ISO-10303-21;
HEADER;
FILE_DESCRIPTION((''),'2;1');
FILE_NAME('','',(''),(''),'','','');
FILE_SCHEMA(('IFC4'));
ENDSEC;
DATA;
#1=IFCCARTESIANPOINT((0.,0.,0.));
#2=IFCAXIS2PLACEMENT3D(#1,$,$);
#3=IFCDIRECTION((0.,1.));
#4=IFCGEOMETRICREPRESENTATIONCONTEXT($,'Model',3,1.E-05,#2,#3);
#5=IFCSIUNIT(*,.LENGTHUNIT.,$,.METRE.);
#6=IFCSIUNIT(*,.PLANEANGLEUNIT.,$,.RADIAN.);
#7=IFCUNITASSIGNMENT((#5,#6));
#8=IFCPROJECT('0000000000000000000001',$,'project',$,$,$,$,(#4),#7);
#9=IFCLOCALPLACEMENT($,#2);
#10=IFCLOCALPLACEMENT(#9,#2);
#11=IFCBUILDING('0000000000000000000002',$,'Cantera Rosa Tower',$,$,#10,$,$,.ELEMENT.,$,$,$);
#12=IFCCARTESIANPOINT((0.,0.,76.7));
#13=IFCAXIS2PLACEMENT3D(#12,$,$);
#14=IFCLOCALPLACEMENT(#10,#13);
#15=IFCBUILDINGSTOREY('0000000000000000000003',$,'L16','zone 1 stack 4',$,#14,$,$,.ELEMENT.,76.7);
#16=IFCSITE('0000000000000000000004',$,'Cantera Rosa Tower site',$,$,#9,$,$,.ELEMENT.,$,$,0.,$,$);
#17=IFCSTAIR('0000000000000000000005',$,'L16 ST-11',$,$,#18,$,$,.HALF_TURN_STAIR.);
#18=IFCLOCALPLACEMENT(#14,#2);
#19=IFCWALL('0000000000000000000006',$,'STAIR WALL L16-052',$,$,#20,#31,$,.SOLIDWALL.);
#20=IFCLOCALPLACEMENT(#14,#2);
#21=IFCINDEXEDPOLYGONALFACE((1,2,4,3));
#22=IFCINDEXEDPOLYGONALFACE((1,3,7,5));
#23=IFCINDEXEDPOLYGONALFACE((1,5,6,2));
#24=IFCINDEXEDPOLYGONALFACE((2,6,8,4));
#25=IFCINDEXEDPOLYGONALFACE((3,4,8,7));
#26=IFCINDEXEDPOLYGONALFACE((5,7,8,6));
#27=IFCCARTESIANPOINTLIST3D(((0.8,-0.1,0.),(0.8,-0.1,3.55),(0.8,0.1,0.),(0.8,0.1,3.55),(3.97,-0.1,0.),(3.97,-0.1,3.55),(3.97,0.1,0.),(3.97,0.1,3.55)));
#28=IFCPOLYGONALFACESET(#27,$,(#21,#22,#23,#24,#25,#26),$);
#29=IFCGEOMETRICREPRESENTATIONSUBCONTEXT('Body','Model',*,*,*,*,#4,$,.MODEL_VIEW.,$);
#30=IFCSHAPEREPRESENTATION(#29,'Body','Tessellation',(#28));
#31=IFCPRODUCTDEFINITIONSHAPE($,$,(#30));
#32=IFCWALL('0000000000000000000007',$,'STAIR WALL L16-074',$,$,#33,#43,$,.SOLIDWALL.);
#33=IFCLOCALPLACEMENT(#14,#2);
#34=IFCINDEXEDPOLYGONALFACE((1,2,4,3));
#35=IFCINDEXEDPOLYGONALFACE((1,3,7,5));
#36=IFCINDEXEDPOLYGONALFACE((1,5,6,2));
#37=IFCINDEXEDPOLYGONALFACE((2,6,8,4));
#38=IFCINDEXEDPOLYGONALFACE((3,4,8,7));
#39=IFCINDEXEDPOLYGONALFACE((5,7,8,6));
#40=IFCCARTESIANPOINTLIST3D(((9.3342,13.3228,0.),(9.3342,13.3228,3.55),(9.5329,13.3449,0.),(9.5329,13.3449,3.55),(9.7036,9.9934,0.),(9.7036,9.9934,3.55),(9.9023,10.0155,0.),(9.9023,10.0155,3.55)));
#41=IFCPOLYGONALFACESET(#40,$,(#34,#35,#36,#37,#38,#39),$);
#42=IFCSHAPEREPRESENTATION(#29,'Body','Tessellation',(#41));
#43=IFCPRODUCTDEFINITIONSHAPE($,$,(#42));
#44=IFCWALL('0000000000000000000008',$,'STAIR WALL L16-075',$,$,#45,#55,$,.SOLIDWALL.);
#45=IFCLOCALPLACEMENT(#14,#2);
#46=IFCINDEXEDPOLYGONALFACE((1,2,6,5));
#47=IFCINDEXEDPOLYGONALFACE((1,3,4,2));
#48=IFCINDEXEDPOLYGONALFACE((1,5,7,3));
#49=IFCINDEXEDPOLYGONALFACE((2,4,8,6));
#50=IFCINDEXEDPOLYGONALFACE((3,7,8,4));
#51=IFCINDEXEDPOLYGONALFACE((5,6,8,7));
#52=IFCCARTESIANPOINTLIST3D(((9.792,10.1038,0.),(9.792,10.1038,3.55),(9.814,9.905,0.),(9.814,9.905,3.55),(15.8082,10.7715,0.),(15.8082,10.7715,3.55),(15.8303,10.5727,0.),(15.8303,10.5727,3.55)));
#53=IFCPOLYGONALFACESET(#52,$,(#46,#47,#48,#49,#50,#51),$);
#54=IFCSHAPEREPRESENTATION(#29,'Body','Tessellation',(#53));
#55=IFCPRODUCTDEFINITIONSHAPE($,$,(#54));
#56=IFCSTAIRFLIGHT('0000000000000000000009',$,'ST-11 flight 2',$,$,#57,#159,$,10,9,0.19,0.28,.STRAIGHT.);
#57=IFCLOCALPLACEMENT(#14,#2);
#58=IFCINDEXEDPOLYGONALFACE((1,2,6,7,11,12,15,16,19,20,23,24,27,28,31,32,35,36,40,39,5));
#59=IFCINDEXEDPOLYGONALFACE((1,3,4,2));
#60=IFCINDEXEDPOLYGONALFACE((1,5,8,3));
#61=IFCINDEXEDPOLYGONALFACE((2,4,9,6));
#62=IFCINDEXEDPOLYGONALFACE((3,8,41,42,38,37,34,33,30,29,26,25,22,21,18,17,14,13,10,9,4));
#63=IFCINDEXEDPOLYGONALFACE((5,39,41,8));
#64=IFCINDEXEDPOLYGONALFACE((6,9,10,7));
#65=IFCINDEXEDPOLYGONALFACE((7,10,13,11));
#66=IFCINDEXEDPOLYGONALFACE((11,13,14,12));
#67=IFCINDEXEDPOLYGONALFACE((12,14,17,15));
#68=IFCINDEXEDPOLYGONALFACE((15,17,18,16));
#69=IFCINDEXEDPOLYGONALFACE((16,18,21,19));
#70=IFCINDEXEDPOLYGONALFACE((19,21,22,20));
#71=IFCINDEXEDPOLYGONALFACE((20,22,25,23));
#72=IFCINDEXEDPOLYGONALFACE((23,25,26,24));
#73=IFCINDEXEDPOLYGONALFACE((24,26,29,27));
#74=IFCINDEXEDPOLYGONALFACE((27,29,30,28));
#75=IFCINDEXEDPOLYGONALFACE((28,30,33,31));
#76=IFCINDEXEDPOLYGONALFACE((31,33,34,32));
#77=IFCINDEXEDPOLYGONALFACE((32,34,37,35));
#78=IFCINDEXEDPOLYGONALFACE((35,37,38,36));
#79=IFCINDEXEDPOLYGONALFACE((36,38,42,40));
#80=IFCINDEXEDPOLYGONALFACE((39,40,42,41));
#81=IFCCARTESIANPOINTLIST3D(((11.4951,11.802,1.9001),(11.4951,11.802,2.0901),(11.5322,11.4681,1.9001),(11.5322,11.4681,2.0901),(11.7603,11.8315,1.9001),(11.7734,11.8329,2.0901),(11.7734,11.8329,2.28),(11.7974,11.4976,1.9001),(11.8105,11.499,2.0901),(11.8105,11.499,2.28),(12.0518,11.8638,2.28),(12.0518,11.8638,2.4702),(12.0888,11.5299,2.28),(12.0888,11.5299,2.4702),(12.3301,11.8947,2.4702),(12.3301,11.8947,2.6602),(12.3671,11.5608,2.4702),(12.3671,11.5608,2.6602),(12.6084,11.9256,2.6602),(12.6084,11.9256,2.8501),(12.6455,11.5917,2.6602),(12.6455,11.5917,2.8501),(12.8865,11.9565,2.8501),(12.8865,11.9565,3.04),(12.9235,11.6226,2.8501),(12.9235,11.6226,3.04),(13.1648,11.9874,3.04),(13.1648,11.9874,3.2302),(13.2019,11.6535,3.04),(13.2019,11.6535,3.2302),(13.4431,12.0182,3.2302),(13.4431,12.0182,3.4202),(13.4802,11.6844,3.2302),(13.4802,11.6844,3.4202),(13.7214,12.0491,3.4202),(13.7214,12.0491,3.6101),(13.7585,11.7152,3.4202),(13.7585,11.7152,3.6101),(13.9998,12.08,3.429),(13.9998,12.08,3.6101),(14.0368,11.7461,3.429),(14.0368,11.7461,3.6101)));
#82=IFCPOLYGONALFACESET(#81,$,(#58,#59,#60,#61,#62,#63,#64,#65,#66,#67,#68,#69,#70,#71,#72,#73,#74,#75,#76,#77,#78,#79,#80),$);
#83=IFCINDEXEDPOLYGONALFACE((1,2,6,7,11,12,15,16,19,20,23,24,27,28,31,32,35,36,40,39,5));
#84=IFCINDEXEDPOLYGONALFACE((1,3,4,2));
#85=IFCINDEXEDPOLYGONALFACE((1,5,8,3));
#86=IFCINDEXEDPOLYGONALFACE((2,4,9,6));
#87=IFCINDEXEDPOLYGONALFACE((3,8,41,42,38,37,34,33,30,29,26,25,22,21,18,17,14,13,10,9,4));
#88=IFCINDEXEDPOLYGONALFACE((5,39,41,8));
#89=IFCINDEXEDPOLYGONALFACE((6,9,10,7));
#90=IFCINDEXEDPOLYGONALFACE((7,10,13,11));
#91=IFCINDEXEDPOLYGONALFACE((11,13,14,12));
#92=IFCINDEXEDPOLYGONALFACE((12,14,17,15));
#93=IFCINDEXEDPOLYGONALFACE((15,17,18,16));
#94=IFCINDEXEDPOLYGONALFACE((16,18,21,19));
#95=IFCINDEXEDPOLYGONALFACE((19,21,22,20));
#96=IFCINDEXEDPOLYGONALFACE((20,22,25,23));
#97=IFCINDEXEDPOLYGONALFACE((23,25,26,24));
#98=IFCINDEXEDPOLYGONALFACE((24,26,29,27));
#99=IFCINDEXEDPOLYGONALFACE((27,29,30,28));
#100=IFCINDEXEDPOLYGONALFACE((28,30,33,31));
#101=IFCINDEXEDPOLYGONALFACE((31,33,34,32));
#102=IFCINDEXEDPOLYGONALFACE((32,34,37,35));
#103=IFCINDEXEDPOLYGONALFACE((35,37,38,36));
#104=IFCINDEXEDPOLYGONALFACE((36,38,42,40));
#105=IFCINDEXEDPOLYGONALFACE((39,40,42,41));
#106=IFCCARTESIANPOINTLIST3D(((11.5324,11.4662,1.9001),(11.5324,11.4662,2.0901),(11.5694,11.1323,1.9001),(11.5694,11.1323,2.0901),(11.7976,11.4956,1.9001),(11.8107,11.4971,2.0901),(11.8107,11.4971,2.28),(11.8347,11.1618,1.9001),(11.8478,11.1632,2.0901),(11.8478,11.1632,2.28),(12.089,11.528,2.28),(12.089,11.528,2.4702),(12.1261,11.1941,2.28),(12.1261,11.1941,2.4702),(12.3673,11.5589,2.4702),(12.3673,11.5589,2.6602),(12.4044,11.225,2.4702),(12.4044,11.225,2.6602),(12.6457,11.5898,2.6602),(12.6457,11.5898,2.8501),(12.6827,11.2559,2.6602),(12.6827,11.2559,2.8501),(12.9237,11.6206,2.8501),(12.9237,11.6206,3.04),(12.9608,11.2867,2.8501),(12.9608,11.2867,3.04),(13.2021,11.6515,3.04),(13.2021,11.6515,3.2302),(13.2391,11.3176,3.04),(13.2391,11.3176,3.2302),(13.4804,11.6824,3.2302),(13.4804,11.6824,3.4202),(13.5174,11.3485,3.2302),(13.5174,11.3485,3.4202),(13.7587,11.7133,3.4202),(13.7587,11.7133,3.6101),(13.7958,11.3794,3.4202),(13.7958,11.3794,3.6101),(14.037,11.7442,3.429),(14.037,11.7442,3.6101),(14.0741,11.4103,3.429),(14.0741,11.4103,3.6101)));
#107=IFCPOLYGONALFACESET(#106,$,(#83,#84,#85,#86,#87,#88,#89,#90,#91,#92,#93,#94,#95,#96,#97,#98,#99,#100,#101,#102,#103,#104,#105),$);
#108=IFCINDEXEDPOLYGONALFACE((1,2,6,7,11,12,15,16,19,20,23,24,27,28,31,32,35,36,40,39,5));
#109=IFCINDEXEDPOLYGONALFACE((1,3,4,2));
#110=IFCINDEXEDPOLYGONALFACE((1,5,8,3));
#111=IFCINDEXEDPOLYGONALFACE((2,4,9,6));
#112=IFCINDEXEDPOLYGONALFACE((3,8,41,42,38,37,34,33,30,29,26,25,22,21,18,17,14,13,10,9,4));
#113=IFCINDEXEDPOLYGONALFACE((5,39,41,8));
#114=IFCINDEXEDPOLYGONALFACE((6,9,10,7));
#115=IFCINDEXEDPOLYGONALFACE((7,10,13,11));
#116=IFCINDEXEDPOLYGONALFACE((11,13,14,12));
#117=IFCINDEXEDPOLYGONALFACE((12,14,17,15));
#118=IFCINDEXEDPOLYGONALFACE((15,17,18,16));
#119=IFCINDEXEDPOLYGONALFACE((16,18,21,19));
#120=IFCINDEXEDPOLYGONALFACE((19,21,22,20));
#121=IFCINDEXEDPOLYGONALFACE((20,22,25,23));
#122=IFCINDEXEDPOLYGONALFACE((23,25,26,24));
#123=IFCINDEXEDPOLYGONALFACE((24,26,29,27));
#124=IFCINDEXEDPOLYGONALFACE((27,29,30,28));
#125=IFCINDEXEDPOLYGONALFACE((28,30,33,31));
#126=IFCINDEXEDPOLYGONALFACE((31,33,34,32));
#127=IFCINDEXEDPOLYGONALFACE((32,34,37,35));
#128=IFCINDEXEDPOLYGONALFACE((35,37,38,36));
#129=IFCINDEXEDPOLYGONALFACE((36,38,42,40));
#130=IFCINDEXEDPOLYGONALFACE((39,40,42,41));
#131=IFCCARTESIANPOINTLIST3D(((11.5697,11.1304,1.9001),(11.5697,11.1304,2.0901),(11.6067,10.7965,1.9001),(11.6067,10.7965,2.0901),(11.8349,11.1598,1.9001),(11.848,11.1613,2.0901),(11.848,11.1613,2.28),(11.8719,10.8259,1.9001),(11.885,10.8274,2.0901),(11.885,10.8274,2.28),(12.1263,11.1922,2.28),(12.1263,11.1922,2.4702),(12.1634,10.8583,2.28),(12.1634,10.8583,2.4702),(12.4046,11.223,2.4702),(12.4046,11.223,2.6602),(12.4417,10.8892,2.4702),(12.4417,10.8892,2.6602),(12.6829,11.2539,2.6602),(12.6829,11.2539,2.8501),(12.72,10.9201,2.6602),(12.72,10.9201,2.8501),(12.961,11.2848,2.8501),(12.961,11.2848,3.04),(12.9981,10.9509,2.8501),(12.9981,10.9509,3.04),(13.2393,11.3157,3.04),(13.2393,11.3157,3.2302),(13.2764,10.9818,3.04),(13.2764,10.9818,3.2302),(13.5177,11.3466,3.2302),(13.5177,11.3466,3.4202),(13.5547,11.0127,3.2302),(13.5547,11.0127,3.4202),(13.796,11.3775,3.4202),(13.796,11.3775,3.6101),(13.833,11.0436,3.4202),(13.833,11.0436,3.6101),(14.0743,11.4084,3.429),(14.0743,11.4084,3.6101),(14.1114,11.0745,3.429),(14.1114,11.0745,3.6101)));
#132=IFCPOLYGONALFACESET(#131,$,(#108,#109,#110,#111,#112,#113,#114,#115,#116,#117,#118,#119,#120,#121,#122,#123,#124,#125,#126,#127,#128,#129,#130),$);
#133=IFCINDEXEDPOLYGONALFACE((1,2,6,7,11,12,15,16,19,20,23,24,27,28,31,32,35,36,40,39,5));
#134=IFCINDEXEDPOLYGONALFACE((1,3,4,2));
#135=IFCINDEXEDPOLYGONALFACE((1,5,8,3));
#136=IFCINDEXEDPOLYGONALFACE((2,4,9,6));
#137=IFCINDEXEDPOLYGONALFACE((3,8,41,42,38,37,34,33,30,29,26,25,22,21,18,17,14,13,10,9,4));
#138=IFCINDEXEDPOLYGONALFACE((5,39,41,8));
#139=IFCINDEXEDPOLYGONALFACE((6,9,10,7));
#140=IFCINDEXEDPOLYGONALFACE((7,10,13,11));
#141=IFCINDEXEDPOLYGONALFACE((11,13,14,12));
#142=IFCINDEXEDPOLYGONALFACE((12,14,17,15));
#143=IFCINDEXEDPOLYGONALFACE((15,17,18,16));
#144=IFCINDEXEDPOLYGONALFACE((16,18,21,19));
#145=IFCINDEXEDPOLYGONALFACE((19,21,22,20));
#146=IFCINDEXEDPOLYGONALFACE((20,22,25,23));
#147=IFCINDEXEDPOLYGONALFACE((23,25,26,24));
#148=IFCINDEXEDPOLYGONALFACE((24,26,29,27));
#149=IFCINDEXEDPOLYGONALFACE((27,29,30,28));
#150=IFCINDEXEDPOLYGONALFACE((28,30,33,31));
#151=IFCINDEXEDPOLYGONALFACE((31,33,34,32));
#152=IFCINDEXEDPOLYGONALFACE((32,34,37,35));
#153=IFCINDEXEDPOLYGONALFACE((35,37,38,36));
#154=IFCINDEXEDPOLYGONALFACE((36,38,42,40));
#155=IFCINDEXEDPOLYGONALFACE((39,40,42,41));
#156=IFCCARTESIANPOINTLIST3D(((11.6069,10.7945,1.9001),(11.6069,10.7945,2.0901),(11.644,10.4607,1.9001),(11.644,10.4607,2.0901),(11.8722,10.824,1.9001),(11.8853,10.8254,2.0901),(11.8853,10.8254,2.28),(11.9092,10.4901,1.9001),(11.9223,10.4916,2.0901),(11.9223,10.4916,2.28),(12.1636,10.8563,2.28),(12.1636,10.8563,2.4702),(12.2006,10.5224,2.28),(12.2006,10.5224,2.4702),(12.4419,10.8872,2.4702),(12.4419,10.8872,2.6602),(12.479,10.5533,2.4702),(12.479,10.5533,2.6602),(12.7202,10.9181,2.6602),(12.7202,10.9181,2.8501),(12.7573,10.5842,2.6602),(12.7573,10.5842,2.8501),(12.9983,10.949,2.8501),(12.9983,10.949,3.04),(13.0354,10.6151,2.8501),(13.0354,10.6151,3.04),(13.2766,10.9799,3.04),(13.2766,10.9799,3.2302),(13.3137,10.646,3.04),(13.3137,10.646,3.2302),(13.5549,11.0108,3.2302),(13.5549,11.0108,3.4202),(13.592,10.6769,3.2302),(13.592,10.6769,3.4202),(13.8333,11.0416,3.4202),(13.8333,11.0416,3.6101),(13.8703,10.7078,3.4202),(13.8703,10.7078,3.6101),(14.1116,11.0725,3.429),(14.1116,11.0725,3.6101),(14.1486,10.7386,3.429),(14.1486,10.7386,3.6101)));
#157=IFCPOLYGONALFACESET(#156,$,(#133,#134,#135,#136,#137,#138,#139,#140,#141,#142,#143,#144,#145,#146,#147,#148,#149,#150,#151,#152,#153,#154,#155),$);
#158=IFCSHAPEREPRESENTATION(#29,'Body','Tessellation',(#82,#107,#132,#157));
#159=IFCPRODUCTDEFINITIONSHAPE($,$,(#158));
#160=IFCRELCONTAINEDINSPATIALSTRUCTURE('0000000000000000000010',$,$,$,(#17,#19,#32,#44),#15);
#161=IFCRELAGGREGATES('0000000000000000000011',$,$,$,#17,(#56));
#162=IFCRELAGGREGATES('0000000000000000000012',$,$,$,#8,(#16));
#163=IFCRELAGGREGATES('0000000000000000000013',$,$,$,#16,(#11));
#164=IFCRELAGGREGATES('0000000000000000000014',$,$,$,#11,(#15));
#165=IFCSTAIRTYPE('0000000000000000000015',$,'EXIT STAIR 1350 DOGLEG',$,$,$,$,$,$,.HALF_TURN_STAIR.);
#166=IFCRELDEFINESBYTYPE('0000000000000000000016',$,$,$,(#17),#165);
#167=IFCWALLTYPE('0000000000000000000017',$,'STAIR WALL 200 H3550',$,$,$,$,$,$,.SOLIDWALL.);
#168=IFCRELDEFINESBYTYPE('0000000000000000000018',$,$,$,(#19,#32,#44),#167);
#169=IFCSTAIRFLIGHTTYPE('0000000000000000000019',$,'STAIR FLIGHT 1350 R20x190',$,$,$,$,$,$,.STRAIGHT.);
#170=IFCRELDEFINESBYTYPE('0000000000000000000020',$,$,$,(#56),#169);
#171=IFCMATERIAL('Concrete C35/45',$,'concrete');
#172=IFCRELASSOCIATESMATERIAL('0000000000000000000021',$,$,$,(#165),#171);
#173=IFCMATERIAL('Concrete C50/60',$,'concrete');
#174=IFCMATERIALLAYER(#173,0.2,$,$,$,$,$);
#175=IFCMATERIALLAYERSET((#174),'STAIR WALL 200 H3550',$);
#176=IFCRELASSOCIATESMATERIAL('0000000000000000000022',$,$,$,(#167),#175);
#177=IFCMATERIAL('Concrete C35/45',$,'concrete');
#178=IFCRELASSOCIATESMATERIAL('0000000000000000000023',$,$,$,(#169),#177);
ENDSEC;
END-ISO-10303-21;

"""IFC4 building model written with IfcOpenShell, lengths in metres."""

from ifc_helpers import new_model, si_unit, direction, frame, frame_2d, origin, place, context, subcontext, project, spatial, polyline, rectangle, outline, extrude, material, layer, layer_set, type_object, element, aggregate, save


model = new_model("IFC4")

# Units and contexts
model_context = context("Model", 3, precision=1e-05, world=origin(), true_north=direction((0.0, 1.0)))
body_context = subcontext(model_context, "Body", "Model", "MODEL_VIEW")
ifc_project = project(units=[si_unit("LENGTHUNIT", "METRE"), si_unit("PLANEANGLEUNIT", "RADIAN")], contexts=[model_context])

# Site, building, storey
site_placement = place(None, origin())
site = spatial("IfcSite", under=ifc_project, at=site_placement, Name="Cantera Rosa Tower site", CompositionType="ELEMENT", RefElevation=0.0)
building_placement = place(site_placement, origin())
building = spatial("IfcBuilding", under=site, at=building_placement, Name="Cantera Rosa Tower", CompositionType="ELEMENT")
storey_placement = place(building_placement, frame((0.0, 0.0, 76.7)))
storey = spatial("IfcBuildingStorey", under=building, at=storey_placement, Name="L16", Description="zone 1 stack 4", CompositionType="ELEMENT", Elevation=76.7)

# Stair
ifc_material_1 = material(Name="Concrete C35/45", Category="concrete")
stair_type = type_object("IfcStairType", Name="EXIT STAIR 1350 DOGLEG", PredefinedType="HALF_TURN_STAIR", material=ifc_material_1)
stair_1_placement = place(storey_placement, origin())
stair_1 = element("IfcStair", 1, at=stair_1_placement, inside=storey, type_object=stair_type, Name="L16 ST-11", PredefinedType="HALF_TURN_STAIR")

# Walls
ifc_material_2 = material(Name="Concrete C50/60", Category="concrete")
ifc_layer_1 = layer(ifc_material_2, 0.2)
ifc_layer_set_1 = layer_set([ifc_layer_1], Name="STAIR WALL 200 H3550")
wall_type_1 = type_object("IfcWallType", Name="STAIR WALL 200 H3550", PredefinedType="SOLIDWALL", material=ifc_layer_set_1)
wall_1_placement = place(storey_placement, frame((0.8, 0.0, 0.0), z_axis=(0.0, 0.0, 1.0), x_axis=(1.0, 0.0, 0.0)))
element("IfcWall", 2, at=wall_1_placement, inside=storey, type_object=wall_type_1, Name="STAIR WALL L16-052", PredefinedType="SOLIDWALL", context=body_context, shape_type="SweptSolid", body=[
    extrude(rectangle(XDim=3.1699, YDim=0.2, at=frame_2d((1.585, 0.0))), origin(), (0.0, 0.0, 1.0), 3.55),
])
wall_2_placement = place(storey_placement, frame((9.4336, 13.3337, 0.0), z_axis=(0.0, 0.0, 1.0), x_axis=(0.110272, -0.993901, 0.0)))
element("IfcWall", 3, at=wall_2_placement, inside=storey, type_object=wall_type_1, Name="STAIR WALL L16-074", PredefinedType="SOLIDWALL", context=body_context, shape_type="SweptSolid", body=[
    extrude(rectangle(XDim=3.3499, YDim=0.2, at=frame_2d((1.6748, 0.0))), origin(), (0.0, 0.0, 1.0), 3.55),
])
wall_3_placement = place(storey_placement, frame((9.803, 10.0044, 0.0), z_axis=(0.0, 0.0, 1.0), x_axis=(0.993897, 0.110308, 0.0)))
element("IfcWall", 4, at=wall_3_placement, inside=storey, type_object=wall_type_1, Name="STAIR WALL L16-075", PredefinedType="SOLIDWALL", context=body_context, shape_type="SweptSolid", body=[
    extrude(rectangle(XDim=6.0532, YDim=0.2, at=frame_2d((3.0266, 0.0))), origin(), (0.0, 0.0, 1.0), 3.55),
])

# Stair flight
ifc_material_3 = material(Name="Concrete C35/45", Category="concrete")
stair_flight_type = type_object("IfcStairFlightType", Name="STAIR FLIGHT 1350 R20x190", PredefinedType="STRAIGHT", material=ifc_material_3)
stair_flight_placement = place(storey_placement, frame((11.5696, 11.1311, 1.9001), z_axis=(0.0, 0.0, 1.0), x_axis=(0.993897, 0.110313, 0.0)))
stair_flight = element("IfcStairFlight", 5, at=stair_flight_placement, type_object=stair_flight_type, Name="ST-11 flight 2", NumberOfRisers=10, NumberOfTreads=9, PredefinedType="STRAIGHT", RiserHeight=0.19, TreadLength=0.28, context=body_context, shape_type="SweptSolid", body=[
    extrude(outline(polyline([(0.0, 0.0), (0.0, 0.1899), (0.28, 0.1899), (0.28, 0.3799), (0.5601, 0.3799), (0.5601, 0.5701), (0.8401, 0.5701), (0.8401, 0.76), (1.1201, 0.76), (1.1201, 0.95), (1.3999, 0.95), (1.3999, 1.1399), (1.6799, 1.1399), (1.6799, 1.3301), (1.96, 1.3301), (1.96, 1.52), (2.24, 1.52), (2.24, 1.71), (2.52, 1.71), (2.52, 1.8999), (2.52, 1.5288), (0.2668, 0.0), (0.0, 0.0)])), frame((0.0, 0.675, 0.0), z_axis=(0.0, -1.0, 0.0), x_axis=(1.0, 0.0, 0.0)), (0.0, 0.0, 1.0), 0.3359),
    extrude(outline(polyline([(0.0, 0.0), (0.0, 0.1899), (0.28, 0.1899), (0.28, 0.3799), (0.5601, 0.3799), (0.5601, 0.5701), (0.8401, 0.5701), (0.8401, 0.76), (1.1201, 0.76), (1.1201, 0.95), (1.3999, 0.95), (1.3999, 1.1399), (1.6799, 1.1399), (1.6799, 1.3301), (1.96, 1.3301), (1.96, 1.52), (2.24, 1.52), (2.24, 1.71), (2.52, 1.71), (2.52, 1.8999), (2.52, 1.5288), (0.2668, 0.0), (0.0, 0.0)])), frame((0.0, 0.3372, 0.0), z_axis=(0.0, -1.0, 0.0), x_axis=(1.0, 0.0, 0.0)), (0.0, 0.0, 1.0), 0.3359),
    extrude(outline(polyline([(0.0, 0.0), (0.0, 0.1899), (0.28, 0.1899), (0.28, 0.3799), (0.5601, 0.3799), (0.5601, 0.5701), (0.8401, 0.5701), (0.8401, 0.76), (1.1201, 0.76), (1.1201, 0.95), (1.3999, 0.95), (1.3999, 1.1399), (1.6799, 1.1399), (1.6799, 1.3301), (1.96, 1.3301), (1.96, 1.52), (2.24, 1.52), (2.24, 1.71), (2.52, 1.71), (2.52, 1.8999), (2.52, 1.5288), (0.2668, 0.0), (0.0, 0.0)])), frame((0.0, -0.0007, 0.0), z_axis=(0.0, -1.0, 0.0), x_axis=(1.0, 0.0, 0.0)), (0.0, 0.0, 1.0), 0.3359),
    extrude(outline(polyline([(0.0, 0.0), (0.0, 0.1899), (0.28, 0.1899), (0.28, 0.3799), (0.5601, 0.3799), (0.5601, 0.5701), (0.8401, 0.5701), (0.8401, 0.76), (1.1201, 0.76), (1.1201, 0.95), (1.3999, 0.95), (1.3999, 1.1399), (1.6799, 1.1399), (1.6799, 1.3301), (1.96, 1.3301), (1.96, 1.52), (2.24, 1.52), (2.24, 1.71), (2.52, 1.71), (2.52, 1.8999), (2.52, 1.5288), (0.2668, 0.0), (0.0, 0.0)])), frame((0.0, -0.3386, 0.0), z_axis=(0.0, -1.0, 0.0), x_axis=(1.0, 0.0, 0.0)), (0.0, 0.0, 1.0), 0.3359),
])
aggregate(stair_1, [stair_flight])

save(model, "model.ifc")
